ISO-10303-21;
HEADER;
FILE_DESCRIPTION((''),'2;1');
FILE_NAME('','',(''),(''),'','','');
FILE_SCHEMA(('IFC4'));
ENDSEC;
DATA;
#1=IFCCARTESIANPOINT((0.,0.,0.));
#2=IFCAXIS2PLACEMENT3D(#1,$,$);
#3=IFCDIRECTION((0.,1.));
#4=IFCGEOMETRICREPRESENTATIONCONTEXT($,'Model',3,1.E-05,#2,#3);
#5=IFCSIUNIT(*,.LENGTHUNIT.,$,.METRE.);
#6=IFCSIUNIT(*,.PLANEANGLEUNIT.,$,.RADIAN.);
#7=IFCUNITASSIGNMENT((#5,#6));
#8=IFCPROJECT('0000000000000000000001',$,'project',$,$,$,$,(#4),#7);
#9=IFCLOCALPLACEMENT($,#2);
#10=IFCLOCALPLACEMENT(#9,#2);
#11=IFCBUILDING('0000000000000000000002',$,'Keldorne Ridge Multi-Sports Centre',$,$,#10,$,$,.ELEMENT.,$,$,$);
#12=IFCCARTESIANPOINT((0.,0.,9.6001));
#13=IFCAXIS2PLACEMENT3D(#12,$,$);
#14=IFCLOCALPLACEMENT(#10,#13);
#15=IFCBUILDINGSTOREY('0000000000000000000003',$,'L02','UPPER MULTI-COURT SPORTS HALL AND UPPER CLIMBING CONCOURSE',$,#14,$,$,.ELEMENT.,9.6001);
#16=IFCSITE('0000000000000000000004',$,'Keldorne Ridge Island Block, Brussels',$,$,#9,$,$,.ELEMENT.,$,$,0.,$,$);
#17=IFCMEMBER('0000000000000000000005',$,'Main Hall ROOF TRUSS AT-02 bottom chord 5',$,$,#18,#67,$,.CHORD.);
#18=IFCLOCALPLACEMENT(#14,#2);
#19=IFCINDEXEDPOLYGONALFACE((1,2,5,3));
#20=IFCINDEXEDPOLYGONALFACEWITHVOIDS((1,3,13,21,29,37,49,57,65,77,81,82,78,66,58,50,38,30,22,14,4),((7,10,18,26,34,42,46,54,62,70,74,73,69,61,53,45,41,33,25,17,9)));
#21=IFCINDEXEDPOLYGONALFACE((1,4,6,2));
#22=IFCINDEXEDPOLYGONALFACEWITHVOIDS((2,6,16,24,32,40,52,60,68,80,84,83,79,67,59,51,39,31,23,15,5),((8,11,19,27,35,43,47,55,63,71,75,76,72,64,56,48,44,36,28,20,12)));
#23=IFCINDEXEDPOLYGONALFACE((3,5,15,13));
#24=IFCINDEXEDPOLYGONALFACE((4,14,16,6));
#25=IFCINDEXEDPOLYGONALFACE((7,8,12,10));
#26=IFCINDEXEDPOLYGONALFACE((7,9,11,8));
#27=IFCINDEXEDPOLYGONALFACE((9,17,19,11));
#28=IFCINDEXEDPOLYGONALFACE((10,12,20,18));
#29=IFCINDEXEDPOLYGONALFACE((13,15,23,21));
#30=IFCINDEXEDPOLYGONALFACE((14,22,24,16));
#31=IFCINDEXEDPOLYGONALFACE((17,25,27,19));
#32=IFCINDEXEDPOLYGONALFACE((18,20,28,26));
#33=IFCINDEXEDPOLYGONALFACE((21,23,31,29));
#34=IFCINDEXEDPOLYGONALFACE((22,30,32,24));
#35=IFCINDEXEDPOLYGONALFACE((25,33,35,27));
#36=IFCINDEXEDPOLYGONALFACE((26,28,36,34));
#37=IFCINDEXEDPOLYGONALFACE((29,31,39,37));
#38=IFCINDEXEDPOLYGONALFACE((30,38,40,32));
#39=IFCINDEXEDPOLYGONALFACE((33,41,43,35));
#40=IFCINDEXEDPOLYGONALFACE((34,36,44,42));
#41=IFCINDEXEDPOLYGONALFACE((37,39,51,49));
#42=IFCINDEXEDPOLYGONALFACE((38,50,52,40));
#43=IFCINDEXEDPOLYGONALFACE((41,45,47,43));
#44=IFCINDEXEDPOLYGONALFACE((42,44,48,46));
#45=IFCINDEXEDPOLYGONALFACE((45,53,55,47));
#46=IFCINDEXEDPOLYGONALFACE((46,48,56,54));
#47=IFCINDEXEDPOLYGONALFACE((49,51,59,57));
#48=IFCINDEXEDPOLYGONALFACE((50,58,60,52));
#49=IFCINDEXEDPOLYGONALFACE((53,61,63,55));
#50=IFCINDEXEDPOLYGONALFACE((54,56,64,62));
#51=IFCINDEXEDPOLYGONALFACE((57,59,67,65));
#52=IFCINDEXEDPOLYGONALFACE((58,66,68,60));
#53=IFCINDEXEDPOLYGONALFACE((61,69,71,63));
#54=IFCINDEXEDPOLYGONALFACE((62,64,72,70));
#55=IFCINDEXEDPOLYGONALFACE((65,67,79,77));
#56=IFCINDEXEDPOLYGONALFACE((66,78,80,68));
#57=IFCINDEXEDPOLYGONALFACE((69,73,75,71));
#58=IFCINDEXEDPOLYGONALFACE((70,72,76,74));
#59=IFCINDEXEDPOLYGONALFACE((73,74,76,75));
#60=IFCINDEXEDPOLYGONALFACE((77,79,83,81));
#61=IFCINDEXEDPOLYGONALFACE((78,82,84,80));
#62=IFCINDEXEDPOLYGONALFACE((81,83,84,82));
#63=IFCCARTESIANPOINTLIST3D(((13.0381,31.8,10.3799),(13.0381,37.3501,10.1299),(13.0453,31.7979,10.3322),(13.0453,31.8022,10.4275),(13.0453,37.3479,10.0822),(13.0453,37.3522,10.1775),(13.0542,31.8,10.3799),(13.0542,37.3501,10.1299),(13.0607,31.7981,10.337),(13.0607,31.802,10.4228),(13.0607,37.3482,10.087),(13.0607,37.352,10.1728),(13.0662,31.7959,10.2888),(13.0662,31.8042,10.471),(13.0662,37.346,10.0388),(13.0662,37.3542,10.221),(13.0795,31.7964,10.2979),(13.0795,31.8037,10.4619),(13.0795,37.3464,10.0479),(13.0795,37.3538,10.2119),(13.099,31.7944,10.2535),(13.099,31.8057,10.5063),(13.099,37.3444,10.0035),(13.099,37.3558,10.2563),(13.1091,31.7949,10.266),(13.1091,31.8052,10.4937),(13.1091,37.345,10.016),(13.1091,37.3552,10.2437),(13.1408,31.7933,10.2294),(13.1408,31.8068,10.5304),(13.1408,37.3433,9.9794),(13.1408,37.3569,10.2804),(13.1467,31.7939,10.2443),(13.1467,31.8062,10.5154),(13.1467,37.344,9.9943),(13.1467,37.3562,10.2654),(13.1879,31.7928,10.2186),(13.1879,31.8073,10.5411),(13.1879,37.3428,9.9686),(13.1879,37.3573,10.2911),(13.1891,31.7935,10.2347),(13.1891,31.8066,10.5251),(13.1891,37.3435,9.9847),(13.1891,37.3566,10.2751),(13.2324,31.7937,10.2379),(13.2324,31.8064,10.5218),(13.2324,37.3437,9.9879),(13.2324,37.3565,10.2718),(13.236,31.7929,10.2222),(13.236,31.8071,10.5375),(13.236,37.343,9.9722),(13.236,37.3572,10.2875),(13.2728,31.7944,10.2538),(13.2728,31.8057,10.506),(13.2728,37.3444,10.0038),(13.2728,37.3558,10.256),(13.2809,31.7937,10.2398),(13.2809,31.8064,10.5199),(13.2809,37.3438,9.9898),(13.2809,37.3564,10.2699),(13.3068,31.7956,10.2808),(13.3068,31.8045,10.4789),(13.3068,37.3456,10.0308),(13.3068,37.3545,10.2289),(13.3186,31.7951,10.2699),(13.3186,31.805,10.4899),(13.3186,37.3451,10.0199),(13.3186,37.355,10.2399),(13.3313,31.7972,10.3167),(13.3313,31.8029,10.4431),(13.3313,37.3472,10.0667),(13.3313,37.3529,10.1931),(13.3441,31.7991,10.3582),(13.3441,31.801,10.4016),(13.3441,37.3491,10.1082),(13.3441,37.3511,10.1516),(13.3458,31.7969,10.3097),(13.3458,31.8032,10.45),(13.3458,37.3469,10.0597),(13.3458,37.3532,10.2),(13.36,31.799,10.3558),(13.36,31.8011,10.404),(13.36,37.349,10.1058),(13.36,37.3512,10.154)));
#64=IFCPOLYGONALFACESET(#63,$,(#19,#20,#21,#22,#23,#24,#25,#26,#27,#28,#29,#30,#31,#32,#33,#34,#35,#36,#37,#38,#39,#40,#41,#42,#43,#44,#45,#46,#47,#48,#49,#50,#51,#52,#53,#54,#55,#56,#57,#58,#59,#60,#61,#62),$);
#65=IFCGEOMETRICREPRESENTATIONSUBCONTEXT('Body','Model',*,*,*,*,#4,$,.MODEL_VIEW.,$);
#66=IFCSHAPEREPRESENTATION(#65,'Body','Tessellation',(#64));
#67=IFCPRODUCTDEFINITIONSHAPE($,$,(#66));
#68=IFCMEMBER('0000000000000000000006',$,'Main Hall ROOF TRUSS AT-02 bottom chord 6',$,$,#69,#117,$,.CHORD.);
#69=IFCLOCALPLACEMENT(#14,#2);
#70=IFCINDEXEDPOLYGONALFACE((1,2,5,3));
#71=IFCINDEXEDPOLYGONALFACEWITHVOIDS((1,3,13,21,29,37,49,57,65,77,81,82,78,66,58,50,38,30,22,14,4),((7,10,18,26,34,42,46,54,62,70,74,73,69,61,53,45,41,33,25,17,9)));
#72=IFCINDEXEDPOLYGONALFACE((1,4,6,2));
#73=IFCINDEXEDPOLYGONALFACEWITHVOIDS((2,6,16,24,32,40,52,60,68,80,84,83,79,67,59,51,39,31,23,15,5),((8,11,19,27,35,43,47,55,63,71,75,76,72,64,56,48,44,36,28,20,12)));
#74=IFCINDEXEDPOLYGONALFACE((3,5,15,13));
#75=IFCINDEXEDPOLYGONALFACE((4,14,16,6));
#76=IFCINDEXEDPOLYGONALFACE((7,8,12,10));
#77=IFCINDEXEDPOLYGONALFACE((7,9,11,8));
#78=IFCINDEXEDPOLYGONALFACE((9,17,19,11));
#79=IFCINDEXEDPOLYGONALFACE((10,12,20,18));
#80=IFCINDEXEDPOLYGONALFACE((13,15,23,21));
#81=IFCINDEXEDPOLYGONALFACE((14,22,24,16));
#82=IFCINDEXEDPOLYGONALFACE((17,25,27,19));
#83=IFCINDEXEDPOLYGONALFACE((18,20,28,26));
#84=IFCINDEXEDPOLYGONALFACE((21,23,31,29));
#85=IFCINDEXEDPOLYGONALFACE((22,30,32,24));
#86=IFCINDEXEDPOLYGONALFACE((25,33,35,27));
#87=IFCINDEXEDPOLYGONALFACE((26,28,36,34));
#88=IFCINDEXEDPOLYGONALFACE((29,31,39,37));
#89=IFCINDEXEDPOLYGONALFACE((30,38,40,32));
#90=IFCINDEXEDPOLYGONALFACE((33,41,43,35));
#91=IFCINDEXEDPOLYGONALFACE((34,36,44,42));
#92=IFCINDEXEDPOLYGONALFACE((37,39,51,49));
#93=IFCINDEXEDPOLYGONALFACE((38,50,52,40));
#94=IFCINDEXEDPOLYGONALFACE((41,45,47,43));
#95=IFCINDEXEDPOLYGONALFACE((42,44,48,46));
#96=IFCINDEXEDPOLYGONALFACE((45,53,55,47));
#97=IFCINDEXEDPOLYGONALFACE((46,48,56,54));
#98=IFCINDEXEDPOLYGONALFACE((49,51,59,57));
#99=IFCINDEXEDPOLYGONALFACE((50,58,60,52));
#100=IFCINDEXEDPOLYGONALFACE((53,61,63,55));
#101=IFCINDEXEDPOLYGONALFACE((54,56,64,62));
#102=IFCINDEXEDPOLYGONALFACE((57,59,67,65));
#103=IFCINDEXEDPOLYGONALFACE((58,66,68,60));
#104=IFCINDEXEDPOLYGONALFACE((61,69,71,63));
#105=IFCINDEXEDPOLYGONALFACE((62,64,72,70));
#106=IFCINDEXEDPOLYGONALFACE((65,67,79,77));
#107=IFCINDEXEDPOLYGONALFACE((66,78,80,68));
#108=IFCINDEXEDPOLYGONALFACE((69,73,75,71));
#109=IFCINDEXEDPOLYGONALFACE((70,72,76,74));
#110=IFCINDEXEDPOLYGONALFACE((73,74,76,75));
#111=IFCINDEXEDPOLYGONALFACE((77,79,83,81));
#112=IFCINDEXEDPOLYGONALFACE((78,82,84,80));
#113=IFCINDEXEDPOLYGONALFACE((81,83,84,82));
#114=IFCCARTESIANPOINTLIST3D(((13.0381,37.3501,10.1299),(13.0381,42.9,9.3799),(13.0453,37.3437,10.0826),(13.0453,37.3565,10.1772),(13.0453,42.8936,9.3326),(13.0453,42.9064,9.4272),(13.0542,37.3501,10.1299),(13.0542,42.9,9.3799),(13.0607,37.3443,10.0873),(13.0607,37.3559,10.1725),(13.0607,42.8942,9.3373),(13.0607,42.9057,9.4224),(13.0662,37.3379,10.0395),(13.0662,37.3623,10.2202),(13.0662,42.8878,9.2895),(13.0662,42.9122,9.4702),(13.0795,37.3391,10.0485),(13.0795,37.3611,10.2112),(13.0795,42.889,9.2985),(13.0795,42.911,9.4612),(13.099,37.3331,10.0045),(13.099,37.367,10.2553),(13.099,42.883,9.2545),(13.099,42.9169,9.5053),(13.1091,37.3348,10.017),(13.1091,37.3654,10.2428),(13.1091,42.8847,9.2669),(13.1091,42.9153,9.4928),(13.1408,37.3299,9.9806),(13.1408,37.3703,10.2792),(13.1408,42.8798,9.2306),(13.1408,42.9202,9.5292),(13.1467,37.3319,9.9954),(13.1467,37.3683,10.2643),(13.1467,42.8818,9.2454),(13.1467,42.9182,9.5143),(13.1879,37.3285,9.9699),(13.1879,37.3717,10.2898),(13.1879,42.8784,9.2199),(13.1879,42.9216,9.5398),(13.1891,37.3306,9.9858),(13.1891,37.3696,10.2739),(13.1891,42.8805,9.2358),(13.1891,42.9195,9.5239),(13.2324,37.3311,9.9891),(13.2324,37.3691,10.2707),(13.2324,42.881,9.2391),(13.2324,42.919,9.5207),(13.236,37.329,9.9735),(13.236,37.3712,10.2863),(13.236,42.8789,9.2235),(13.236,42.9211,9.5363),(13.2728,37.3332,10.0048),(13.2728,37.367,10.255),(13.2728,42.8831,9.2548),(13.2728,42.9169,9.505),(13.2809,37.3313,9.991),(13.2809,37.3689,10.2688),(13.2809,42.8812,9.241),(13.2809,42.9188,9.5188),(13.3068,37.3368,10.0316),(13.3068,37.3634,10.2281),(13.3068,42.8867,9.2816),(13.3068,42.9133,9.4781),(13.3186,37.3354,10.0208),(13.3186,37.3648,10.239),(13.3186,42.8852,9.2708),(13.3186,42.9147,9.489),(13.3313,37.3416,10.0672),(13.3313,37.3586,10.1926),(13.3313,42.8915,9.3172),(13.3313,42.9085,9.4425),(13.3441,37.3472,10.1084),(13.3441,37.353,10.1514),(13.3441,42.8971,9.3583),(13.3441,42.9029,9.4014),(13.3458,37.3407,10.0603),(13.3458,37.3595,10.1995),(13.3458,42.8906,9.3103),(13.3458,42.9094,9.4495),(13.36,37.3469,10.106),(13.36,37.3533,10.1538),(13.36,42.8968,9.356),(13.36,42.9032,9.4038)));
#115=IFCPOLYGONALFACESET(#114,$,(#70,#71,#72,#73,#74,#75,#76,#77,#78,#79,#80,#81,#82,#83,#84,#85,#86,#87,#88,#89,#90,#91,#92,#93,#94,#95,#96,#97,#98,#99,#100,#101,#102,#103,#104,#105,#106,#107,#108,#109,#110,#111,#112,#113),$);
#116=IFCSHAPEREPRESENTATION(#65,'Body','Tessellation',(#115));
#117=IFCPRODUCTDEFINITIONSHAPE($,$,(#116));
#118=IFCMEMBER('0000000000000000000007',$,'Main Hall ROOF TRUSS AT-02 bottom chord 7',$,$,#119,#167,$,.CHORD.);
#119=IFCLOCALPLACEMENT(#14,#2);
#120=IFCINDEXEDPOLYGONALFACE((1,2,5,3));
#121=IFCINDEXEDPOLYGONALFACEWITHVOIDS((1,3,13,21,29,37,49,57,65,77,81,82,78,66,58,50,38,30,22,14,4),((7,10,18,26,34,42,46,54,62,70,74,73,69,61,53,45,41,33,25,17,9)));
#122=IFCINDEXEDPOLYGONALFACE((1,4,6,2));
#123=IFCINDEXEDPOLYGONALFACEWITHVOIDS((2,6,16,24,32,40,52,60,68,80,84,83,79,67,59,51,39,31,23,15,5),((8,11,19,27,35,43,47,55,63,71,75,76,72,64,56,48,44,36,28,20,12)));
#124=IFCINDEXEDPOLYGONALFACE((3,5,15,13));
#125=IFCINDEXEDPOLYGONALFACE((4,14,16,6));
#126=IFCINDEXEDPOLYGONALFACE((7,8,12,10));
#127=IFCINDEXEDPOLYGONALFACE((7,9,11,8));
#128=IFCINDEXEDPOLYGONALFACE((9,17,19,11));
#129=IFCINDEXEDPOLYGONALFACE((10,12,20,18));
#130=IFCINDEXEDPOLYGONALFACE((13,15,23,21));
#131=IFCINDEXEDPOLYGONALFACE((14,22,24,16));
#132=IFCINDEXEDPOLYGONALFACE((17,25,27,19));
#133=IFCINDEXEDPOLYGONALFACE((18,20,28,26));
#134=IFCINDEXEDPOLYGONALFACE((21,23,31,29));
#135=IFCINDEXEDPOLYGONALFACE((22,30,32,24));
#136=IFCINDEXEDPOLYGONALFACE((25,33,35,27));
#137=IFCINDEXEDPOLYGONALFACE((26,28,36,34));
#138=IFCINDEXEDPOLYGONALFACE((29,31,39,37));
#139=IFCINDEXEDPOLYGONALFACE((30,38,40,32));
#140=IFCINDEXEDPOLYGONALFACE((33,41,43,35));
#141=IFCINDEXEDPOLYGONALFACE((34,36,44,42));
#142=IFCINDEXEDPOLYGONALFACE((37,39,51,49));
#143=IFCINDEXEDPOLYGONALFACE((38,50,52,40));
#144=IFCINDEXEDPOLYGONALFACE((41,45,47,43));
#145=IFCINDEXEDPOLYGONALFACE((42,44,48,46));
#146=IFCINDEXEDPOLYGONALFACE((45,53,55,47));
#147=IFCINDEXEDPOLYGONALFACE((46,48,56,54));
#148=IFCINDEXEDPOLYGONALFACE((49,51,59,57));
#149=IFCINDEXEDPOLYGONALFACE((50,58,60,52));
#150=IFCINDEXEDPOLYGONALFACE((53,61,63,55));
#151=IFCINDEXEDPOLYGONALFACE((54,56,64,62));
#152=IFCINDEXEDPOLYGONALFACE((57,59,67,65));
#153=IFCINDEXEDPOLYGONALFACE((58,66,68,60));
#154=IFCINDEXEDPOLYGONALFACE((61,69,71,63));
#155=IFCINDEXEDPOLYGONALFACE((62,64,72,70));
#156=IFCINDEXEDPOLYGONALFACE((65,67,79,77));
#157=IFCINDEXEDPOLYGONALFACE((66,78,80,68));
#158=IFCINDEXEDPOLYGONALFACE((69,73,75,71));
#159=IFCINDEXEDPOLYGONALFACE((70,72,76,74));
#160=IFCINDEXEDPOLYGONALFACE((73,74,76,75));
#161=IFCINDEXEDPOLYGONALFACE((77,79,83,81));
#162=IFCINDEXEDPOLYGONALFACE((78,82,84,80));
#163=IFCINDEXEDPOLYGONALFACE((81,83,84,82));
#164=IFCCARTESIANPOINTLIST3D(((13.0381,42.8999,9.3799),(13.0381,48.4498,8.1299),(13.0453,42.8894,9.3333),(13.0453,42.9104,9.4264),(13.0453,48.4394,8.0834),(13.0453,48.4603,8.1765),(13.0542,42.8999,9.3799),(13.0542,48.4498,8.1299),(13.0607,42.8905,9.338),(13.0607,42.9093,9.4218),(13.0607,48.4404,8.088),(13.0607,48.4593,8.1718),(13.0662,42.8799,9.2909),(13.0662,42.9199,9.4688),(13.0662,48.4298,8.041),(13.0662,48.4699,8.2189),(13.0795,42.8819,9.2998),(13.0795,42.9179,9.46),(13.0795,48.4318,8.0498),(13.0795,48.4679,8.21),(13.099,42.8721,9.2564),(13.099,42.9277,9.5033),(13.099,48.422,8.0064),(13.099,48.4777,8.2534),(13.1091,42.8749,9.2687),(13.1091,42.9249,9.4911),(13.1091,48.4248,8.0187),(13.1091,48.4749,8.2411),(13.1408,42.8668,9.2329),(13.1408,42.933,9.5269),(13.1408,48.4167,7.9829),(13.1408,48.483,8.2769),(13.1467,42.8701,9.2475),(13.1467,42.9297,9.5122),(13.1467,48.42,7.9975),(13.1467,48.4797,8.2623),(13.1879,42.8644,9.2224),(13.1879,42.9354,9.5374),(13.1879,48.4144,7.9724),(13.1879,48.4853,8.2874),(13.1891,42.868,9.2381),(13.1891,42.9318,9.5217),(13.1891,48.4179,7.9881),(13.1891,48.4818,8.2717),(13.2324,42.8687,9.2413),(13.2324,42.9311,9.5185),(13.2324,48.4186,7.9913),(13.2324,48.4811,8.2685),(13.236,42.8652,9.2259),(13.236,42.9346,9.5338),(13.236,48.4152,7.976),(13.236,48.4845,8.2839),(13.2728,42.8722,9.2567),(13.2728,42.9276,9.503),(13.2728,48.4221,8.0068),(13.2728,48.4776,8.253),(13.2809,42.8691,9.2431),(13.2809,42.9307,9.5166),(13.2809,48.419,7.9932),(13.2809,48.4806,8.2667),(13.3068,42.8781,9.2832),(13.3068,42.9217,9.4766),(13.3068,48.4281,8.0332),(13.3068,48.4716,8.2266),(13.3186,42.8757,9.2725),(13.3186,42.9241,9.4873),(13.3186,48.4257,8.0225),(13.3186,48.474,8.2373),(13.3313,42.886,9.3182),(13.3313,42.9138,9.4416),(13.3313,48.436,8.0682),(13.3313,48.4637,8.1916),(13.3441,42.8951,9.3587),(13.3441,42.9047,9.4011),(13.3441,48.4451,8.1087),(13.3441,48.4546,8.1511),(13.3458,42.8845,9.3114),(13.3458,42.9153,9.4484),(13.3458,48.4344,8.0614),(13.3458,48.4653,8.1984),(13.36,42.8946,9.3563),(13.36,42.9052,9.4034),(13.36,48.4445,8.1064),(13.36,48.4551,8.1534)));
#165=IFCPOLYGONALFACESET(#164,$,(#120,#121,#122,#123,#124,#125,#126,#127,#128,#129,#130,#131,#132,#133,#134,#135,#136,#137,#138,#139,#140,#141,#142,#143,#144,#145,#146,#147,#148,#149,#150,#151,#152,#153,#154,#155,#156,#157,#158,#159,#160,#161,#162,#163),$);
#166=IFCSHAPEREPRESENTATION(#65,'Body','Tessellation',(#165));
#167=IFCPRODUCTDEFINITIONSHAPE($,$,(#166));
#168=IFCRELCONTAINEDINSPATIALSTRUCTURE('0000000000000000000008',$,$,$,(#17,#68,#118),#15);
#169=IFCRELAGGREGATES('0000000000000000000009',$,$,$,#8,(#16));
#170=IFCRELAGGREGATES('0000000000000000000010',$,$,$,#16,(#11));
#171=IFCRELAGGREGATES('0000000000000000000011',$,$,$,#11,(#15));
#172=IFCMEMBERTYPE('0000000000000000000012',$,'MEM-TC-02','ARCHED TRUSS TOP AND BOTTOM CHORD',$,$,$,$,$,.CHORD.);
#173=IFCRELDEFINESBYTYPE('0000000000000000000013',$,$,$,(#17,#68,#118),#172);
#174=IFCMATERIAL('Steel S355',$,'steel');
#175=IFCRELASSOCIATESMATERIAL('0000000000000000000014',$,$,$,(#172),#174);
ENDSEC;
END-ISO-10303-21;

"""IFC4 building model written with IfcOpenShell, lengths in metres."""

from ifc_helpers import new_model, si_unit, direction, frame, origin, origin_2d, place, context, subcontext, project, spatial, hollow_circle, extrude, material, material_profile, profile_set, type_object, element, save


model = new_model("IFC4")

# Units and contexts
model_context = context("Model", 3, precision=1e-05, world=origin(), true_north=direction((0.0, 1.0)))
body_context = subcontext(model_context, "Body", "Model", "MODEL_VIEW")
ifc_project = project(units=[si_unit("LENGTHUNIT", "METRE"), si_unit("PLANEANGLEUNIT", "RADIAN")], contexts=[model_context])

# Site, building, storey
site_placement = place(None, origin())
site = spatial("IfcSite", under=ifc_project, at=site_placement, Name="Keldorne Ridge Island Block, Brussels", CompositionType="ELEMENT", RefElevation=0.0)
building_placement = place(site_placement, origin())
building = spatial("IfcBuilding", under=site, at=building_placement, Name="Keldorne Ridge Multi-Sports Centre", CompositionType="ELEMENT")
storey_placement = place(building_placement, frame((0.0, 0.0, 9.6001)))
storey = spatial("IfcBuildingStorey", under=building, at=storey_placement, Name="L02", Description="UPPER MULTI-COURT SPORTS HALL AND UPPER CLIMBING CONCOURSE", CompositionType="ELEMENT", Elevation=9.6001)

# Members
ifc_material = material(Name="Steel S355", Category="steel")
ifc_material_profile_1 = material_profile(ifc_material, hollow_circle(Radius=0.1619, WallThickness=0.0161, at=origin_2d()), Name="CHS 323.9x16")
ifc_profile_set_1 = profile_set([ifc_material_profile_1], Name="Steel S355")
member_type_1 = type_object("IfcMemberType", Name="MEM-TC-02", Description="ARCHED TRUSS TOP AND BOTTOM CHORD", PredefinedType="CHORD", material=ifc_profile_set_1)
member_1_placement = place(storey_placement, frame((13.2, 31.8, 10.3799), z_axis=(0.0, 0.998987, -0.044999), x_axis=(-1.0, 0.0, 0.0)))
element("IfcMember", 1, at=member_1_placement, inside=storey, type_object=member_type_1, Name="Main Hall ROOF TRUSS AT-02 bottom chord 5", PredefinedType="CHORD", context=body_context, shape_type="SweptSolid", body=[
    extrude(hollow_circle(Radius=0.1619, WallThickness=0.0161, at=origin_2d()), origin(), (0.0, 0.0, 1.0), 5.5557),
])
member_2_placement = place(storey_placement, frame((13.2, 37.3501, 10.1299), z_axis=(0.0, 0.990992, -0.133923), x_axis=(-1.0, 0.0, 0.0)))
element("IfcMember", 2, at=member_2_placement, inside=storey, type_object=member_type_1, Name="Main Hall ROOF TRUSS AT-02 bottom chord 6", PredefinedType="CHORD", context=body_context, shape_type="SweptSolid", body=[
    extrude(hollow_circle(Radius=0.1619, WallThickness=0.0161, at=origin_2d()), origin(), (0.0, 0.0, 1.0), 5.6003),
])
member_3_placement = place(storey_placement, frame((13.2, 42.8999, 9.3799), z_axis=(0.0, 0.975563, -0.219719), x_axis=(-1.0, 0.0, 0.0)))
element("IfcMember", 3, at=member_3_placement, inside=storey, type_object=member_type_1, Name="Main Hall ROOF TRUSS AT-02 bottom chord 7", PredefinedType="CHORD", context=body_context, shape_type="SweptSolid", body=[
    extrude(hollow_circle(Radius=0.1619, WallThickness=0.0161, at=origin_2d()), origin(), (0.0, 0.0, 1.0), 5.689),
])

save(model, "model.ifc")
